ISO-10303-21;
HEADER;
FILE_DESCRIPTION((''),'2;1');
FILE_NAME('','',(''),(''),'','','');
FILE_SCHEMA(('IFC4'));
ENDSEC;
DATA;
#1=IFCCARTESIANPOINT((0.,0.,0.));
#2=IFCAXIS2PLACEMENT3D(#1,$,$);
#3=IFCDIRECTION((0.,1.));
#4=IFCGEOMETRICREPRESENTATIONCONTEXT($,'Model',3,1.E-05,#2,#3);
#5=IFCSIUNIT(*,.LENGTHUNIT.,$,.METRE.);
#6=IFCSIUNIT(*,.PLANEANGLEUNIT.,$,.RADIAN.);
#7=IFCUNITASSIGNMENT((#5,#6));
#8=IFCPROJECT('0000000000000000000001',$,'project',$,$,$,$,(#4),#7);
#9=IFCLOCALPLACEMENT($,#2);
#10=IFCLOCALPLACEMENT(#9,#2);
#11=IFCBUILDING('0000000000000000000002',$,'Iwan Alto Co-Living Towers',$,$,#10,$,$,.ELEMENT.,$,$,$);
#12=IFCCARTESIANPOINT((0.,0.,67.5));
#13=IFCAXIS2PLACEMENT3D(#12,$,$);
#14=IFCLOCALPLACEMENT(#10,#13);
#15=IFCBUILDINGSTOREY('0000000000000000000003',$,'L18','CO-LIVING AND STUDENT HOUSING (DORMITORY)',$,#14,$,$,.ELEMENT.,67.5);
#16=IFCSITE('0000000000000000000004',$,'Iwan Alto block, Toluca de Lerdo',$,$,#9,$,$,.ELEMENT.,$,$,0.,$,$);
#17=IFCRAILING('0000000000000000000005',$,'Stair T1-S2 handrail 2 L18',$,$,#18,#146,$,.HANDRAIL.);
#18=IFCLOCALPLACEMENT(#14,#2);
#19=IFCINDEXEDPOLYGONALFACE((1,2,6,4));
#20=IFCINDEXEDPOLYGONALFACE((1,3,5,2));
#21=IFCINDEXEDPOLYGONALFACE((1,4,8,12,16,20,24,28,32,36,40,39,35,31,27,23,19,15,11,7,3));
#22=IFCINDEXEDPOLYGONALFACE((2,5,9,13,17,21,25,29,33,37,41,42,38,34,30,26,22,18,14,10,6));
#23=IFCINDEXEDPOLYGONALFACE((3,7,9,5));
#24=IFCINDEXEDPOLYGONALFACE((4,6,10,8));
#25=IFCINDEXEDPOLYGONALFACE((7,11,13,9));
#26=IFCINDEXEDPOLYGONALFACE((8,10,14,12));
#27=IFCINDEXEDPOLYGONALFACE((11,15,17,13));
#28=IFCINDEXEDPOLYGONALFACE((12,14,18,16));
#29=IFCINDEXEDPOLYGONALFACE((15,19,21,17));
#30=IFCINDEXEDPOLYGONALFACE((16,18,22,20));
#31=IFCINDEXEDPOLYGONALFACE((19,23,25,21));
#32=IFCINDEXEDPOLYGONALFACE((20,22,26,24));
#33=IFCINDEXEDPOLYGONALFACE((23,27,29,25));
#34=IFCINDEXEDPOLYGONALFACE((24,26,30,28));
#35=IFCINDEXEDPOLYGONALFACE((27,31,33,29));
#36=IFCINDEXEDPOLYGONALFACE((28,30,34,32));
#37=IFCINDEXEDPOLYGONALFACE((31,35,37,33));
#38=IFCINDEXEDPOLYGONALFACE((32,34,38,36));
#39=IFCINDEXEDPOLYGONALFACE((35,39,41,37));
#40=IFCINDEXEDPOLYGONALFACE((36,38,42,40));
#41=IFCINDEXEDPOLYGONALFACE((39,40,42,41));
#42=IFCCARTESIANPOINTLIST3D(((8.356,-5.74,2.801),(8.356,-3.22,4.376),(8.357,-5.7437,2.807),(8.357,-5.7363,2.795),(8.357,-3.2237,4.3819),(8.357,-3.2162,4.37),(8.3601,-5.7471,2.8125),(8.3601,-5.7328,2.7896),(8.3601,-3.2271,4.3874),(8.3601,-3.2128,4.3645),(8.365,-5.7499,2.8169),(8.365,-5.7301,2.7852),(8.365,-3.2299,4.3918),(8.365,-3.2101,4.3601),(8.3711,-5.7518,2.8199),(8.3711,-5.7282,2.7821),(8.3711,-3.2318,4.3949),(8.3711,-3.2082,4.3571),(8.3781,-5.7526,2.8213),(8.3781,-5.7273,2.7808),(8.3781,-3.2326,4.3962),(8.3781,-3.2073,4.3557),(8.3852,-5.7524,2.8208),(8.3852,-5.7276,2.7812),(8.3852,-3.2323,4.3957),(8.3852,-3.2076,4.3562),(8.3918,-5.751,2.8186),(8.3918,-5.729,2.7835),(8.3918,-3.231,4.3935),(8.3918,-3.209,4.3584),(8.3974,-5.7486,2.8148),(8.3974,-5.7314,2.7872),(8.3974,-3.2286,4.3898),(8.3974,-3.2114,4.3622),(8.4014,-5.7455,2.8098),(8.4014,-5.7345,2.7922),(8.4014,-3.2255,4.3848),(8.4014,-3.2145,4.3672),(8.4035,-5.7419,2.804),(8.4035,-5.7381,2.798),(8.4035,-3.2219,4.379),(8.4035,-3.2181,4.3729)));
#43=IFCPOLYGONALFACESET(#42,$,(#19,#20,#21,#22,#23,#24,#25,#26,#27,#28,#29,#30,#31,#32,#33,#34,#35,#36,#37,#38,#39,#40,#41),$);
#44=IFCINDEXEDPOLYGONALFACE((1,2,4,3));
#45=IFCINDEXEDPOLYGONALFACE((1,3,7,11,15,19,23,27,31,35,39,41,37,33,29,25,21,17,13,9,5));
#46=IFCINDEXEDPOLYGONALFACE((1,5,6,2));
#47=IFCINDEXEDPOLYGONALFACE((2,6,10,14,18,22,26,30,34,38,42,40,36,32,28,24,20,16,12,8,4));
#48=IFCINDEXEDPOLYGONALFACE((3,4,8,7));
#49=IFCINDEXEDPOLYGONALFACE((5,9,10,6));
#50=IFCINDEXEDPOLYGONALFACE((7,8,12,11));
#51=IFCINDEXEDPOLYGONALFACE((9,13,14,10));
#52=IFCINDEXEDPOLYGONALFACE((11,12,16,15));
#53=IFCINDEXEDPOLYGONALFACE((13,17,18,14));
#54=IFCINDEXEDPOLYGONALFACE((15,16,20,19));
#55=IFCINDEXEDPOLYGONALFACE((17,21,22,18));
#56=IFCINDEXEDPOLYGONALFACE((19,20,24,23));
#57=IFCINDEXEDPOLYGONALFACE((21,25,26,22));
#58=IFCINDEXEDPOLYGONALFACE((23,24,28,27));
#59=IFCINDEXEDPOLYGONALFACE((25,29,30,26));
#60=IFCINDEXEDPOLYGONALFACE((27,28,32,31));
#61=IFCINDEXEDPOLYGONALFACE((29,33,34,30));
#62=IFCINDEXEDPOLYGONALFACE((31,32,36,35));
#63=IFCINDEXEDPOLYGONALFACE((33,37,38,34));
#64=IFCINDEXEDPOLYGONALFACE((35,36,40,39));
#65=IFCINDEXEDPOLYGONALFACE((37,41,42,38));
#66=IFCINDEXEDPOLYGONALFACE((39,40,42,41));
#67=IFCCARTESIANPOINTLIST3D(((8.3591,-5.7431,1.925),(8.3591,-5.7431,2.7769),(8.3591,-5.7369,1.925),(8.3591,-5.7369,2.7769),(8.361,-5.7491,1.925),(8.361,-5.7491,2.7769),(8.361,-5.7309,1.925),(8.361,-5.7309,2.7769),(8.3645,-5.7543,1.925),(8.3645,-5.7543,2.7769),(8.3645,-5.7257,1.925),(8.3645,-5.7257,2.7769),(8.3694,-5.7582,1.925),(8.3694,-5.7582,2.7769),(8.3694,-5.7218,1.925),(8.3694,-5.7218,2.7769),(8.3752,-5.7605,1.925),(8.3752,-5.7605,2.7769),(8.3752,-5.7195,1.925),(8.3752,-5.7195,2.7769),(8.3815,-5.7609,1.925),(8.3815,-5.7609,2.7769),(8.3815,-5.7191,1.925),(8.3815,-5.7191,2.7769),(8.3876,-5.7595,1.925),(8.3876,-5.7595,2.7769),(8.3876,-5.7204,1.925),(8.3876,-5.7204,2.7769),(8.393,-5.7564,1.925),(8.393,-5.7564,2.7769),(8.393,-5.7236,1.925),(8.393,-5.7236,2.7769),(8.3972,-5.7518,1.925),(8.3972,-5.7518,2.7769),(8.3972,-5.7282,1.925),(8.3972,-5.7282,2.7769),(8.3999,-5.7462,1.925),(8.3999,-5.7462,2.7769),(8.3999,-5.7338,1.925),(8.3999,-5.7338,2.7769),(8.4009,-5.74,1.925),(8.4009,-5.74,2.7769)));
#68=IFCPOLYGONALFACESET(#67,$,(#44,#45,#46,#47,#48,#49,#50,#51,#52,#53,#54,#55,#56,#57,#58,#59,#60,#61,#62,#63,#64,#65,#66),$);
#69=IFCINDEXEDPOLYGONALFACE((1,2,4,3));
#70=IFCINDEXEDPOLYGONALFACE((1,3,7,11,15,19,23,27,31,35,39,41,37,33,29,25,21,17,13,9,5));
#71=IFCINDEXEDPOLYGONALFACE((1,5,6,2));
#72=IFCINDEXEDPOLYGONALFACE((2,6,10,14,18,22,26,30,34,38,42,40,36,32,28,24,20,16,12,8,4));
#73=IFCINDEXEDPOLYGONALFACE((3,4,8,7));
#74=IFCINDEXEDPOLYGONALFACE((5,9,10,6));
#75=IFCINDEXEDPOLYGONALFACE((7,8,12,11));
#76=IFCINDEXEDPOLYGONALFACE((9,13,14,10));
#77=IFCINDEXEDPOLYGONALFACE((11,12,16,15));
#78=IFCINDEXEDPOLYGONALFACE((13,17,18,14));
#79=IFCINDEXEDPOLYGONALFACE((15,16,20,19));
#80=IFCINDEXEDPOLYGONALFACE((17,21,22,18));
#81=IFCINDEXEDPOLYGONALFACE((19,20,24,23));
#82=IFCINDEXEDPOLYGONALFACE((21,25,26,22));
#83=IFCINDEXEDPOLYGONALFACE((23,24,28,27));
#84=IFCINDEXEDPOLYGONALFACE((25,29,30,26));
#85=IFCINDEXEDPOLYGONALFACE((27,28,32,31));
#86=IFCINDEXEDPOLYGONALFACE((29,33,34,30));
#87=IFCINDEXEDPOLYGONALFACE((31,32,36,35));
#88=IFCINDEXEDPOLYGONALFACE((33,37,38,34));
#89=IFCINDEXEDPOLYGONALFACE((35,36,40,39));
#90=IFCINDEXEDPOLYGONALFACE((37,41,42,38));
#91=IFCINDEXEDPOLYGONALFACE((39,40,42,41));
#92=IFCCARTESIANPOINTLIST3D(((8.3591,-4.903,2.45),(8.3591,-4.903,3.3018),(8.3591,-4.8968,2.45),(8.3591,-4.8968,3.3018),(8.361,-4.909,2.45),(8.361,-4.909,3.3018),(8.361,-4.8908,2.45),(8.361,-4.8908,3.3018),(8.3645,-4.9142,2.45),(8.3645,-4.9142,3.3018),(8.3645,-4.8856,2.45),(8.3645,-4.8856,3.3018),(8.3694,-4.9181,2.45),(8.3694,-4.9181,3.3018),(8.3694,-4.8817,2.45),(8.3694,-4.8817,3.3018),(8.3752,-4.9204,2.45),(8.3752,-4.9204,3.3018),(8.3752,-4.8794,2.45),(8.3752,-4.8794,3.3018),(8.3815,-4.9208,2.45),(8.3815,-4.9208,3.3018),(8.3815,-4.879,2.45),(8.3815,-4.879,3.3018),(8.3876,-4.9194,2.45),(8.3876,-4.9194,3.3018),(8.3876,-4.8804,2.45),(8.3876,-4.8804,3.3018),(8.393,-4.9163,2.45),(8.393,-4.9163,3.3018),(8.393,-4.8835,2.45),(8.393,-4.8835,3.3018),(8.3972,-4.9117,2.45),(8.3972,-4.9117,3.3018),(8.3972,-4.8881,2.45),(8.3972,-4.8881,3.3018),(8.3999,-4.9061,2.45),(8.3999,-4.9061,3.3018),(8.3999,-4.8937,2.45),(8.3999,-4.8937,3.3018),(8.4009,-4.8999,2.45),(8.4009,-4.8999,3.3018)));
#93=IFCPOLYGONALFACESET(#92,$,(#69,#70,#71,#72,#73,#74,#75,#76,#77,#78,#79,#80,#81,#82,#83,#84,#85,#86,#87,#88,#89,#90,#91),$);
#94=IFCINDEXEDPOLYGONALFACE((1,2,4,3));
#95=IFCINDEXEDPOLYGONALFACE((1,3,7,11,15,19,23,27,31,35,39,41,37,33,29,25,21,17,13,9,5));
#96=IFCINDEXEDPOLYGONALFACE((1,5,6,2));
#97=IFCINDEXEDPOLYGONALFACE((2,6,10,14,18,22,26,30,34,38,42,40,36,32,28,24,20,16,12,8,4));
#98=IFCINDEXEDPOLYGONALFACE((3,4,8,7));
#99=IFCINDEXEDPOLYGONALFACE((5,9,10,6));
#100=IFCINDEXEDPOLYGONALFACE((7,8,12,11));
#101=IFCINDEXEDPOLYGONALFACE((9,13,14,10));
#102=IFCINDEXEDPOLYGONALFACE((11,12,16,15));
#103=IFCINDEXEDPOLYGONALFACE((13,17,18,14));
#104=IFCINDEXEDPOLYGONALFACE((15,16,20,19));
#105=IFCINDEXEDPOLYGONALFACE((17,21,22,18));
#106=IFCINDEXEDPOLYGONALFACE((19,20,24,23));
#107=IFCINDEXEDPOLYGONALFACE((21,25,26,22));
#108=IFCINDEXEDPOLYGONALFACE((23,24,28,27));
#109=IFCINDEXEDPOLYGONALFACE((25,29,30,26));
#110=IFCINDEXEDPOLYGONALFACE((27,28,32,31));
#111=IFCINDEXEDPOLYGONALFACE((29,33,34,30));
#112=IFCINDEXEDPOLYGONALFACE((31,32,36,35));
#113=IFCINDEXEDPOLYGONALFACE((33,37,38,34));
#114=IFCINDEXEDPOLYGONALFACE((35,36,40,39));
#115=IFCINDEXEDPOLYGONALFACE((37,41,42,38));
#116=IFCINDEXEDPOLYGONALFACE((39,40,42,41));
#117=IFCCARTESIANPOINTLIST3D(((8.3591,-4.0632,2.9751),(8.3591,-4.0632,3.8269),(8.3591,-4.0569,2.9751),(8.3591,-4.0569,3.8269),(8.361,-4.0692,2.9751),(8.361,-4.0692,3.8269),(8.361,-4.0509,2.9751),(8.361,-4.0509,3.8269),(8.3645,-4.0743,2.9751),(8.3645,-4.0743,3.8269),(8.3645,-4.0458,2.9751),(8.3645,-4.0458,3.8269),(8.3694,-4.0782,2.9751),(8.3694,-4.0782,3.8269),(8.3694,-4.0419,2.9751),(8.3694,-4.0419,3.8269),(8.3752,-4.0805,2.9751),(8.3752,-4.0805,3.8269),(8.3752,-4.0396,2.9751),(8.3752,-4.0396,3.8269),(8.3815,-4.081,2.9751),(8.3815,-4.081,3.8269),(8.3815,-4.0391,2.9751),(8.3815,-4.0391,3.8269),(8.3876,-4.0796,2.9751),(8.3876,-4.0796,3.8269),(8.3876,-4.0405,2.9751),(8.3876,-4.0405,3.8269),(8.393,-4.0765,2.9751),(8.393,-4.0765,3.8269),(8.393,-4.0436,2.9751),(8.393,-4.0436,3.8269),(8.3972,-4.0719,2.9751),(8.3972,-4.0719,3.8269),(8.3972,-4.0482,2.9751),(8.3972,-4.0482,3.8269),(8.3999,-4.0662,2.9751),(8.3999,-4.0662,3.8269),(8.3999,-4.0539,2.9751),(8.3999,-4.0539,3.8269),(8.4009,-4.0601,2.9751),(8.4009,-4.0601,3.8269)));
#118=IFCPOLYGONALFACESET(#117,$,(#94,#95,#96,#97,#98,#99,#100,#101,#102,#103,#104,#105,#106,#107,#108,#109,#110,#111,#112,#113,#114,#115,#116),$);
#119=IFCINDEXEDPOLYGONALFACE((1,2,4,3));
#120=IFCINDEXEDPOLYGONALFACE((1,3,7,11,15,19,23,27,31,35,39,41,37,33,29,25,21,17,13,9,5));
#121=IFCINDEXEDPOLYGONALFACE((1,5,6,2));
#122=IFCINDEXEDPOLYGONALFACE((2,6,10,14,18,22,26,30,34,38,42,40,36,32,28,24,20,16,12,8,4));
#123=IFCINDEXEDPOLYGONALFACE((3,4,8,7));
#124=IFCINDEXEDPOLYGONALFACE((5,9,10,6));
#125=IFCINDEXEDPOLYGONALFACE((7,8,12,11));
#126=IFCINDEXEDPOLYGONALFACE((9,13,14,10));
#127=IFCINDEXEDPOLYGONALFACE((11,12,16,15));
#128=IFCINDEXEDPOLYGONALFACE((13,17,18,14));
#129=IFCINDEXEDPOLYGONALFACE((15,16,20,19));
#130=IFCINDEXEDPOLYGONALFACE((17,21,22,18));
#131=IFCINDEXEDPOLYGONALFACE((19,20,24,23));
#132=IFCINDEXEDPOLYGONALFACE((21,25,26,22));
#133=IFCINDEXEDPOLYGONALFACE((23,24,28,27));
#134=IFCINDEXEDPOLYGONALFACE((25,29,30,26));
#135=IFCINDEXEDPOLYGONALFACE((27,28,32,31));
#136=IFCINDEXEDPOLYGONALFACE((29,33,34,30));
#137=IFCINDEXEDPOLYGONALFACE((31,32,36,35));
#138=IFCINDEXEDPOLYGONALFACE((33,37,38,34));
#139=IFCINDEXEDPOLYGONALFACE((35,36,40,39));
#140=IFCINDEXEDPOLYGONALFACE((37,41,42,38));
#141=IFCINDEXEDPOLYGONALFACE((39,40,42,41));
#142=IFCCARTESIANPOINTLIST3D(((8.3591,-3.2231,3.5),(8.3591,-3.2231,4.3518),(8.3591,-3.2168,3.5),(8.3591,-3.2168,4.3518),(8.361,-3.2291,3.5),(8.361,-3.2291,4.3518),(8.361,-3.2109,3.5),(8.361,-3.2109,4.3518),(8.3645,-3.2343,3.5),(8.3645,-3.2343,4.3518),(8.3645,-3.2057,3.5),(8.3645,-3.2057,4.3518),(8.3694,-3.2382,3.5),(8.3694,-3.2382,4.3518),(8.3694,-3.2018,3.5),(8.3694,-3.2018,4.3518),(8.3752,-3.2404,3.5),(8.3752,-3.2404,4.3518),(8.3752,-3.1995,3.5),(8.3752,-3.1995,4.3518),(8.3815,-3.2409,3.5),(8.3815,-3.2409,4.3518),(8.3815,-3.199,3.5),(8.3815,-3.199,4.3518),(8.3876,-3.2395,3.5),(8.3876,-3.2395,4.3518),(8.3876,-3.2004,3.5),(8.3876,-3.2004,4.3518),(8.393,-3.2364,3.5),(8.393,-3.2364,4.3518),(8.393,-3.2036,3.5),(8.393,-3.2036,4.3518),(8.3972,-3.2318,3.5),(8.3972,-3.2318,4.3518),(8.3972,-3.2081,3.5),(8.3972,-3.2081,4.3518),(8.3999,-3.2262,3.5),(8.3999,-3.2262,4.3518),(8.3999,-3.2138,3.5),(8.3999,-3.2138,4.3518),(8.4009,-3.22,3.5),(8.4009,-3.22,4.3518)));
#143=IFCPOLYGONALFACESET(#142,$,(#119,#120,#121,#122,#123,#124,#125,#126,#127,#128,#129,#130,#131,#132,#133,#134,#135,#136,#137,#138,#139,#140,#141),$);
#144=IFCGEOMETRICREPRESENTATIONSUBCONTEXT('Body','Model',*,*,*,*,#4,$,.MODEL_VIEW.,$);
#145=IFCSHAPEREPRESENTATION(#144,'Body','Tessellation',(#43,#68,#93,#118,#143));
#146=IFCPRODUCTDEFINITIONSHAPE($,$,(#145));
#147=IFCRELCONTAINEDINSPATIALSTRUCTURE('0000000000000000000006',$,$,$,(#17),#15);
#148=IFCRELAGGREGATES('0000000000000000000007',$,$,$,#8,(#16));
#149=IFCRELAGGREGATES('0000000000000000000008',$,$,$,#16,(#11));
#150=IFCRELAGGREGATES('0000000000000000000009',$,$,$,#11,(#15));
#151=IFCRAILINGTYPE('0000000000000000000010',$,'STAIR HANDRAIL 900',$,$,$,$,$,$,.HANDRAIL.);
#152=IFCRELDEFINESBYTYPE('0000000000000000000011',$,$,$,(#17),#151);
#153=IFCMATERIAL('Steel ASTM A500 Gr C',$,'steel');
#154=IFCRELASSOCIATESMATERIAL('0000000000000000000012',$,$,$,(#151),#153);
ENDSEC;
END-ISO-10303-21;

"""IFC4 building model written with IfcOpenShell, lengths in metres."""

from ifc_helpers import new_model, si_unit, direction, frame, origin, origin_2d, place, context, subcontext, project, spatial, circle, extrude, material, type_object, element, save


model = new_model("IFC4")

# Units and contexts
model_context = context("Model", 3, precision=1e-05, world=origin(), true_north=direction((0.0, 1.0)))
body_context = subcontext(model_context, "Body", "Model", "MODEL_VIEW")
ifc_project = project(units=[si_unit("LENGTHUNIT", "METRE"), si_unit("PLANEANGLEUNIT", "RADIAN")], contexts=[model_context])

# Site, building, storey
site_placement = place(None, origin())
site = spatial("IfcSite", under=ifc_project, at=site_placement, Name="Iwan Alto block, Toluca de Lerdo", CompositionType="ELEMENT", RefElevation=0.0)
building_placement = place(site_placement, origin())
building = spatial("IfcBuilding", under=site, at=building_placement, Name="Iwan Alto Co-Living Towers", CompositionType="ELEMENT")
storey_placement = place(building_placement, frame((0.0, 0.0, 67.5)))
storey = spatial("IfcBuildingStorey", under=building, at=storey_placement, Name="L18", Description="CO-LIVING AND STUDENT HOUSING (DORMITORY)", CompositionType="ELEMENT", Elevation=67.5)

# Railing
ifc_material_1 = material(Name="Steel ASTM A500 Gr C", Category="steel")
railing_type_1 = type_object("IfcRailingType", Name="STAIR HANDRAIL 900", PredefinedType="HANDRAIL", material=ifc_material_1)
railing_1_placement = place(storey_placement, frame((8.3799, -5.74, 1.925)))
element("IfcRailing", 1, at=railing_1_placement, inside=storey, type_object=railing_type_1, Name="Stair T1-S2 handrail 2 L18", PredefinedType="HANDRAIL", context=body_context, shape_type="SweptSolid", body=[
    extrude(circle(Radius=0.0239, at=origin_2d()), frame((0.0, 0.0, 0.876), z_axis=(0.0, 0.848008, 0.529984), x_axis=(-1.0, 0.0, 0.0)), (0.0, 0.0, 1.0), 2.9717),
    extrude(circle(Radius=0.021, at=origin_2d()), origin(), (0.0, 0.0, 1.0), 0.8518),
    extrude(circle(Radius=0.021, at=origin_2d()), frame((0.0, 0.8401, 0.5249)), (0.0, 0.0, 1.0), 0.8518),
    extrude(circle(Radius=0.021, at=origin_2d()), frame((0.0, 1.6799, 1.05)), (0.0, 0.0, 1.0), 0.8518),
    extrude(circle(Radius=0.021, at=origin_2d()), frame((0.0, 2.52, 1.575)), (0.0, 0.0, 1.0), 0.8518),
])

save(model, "model.ifc")
